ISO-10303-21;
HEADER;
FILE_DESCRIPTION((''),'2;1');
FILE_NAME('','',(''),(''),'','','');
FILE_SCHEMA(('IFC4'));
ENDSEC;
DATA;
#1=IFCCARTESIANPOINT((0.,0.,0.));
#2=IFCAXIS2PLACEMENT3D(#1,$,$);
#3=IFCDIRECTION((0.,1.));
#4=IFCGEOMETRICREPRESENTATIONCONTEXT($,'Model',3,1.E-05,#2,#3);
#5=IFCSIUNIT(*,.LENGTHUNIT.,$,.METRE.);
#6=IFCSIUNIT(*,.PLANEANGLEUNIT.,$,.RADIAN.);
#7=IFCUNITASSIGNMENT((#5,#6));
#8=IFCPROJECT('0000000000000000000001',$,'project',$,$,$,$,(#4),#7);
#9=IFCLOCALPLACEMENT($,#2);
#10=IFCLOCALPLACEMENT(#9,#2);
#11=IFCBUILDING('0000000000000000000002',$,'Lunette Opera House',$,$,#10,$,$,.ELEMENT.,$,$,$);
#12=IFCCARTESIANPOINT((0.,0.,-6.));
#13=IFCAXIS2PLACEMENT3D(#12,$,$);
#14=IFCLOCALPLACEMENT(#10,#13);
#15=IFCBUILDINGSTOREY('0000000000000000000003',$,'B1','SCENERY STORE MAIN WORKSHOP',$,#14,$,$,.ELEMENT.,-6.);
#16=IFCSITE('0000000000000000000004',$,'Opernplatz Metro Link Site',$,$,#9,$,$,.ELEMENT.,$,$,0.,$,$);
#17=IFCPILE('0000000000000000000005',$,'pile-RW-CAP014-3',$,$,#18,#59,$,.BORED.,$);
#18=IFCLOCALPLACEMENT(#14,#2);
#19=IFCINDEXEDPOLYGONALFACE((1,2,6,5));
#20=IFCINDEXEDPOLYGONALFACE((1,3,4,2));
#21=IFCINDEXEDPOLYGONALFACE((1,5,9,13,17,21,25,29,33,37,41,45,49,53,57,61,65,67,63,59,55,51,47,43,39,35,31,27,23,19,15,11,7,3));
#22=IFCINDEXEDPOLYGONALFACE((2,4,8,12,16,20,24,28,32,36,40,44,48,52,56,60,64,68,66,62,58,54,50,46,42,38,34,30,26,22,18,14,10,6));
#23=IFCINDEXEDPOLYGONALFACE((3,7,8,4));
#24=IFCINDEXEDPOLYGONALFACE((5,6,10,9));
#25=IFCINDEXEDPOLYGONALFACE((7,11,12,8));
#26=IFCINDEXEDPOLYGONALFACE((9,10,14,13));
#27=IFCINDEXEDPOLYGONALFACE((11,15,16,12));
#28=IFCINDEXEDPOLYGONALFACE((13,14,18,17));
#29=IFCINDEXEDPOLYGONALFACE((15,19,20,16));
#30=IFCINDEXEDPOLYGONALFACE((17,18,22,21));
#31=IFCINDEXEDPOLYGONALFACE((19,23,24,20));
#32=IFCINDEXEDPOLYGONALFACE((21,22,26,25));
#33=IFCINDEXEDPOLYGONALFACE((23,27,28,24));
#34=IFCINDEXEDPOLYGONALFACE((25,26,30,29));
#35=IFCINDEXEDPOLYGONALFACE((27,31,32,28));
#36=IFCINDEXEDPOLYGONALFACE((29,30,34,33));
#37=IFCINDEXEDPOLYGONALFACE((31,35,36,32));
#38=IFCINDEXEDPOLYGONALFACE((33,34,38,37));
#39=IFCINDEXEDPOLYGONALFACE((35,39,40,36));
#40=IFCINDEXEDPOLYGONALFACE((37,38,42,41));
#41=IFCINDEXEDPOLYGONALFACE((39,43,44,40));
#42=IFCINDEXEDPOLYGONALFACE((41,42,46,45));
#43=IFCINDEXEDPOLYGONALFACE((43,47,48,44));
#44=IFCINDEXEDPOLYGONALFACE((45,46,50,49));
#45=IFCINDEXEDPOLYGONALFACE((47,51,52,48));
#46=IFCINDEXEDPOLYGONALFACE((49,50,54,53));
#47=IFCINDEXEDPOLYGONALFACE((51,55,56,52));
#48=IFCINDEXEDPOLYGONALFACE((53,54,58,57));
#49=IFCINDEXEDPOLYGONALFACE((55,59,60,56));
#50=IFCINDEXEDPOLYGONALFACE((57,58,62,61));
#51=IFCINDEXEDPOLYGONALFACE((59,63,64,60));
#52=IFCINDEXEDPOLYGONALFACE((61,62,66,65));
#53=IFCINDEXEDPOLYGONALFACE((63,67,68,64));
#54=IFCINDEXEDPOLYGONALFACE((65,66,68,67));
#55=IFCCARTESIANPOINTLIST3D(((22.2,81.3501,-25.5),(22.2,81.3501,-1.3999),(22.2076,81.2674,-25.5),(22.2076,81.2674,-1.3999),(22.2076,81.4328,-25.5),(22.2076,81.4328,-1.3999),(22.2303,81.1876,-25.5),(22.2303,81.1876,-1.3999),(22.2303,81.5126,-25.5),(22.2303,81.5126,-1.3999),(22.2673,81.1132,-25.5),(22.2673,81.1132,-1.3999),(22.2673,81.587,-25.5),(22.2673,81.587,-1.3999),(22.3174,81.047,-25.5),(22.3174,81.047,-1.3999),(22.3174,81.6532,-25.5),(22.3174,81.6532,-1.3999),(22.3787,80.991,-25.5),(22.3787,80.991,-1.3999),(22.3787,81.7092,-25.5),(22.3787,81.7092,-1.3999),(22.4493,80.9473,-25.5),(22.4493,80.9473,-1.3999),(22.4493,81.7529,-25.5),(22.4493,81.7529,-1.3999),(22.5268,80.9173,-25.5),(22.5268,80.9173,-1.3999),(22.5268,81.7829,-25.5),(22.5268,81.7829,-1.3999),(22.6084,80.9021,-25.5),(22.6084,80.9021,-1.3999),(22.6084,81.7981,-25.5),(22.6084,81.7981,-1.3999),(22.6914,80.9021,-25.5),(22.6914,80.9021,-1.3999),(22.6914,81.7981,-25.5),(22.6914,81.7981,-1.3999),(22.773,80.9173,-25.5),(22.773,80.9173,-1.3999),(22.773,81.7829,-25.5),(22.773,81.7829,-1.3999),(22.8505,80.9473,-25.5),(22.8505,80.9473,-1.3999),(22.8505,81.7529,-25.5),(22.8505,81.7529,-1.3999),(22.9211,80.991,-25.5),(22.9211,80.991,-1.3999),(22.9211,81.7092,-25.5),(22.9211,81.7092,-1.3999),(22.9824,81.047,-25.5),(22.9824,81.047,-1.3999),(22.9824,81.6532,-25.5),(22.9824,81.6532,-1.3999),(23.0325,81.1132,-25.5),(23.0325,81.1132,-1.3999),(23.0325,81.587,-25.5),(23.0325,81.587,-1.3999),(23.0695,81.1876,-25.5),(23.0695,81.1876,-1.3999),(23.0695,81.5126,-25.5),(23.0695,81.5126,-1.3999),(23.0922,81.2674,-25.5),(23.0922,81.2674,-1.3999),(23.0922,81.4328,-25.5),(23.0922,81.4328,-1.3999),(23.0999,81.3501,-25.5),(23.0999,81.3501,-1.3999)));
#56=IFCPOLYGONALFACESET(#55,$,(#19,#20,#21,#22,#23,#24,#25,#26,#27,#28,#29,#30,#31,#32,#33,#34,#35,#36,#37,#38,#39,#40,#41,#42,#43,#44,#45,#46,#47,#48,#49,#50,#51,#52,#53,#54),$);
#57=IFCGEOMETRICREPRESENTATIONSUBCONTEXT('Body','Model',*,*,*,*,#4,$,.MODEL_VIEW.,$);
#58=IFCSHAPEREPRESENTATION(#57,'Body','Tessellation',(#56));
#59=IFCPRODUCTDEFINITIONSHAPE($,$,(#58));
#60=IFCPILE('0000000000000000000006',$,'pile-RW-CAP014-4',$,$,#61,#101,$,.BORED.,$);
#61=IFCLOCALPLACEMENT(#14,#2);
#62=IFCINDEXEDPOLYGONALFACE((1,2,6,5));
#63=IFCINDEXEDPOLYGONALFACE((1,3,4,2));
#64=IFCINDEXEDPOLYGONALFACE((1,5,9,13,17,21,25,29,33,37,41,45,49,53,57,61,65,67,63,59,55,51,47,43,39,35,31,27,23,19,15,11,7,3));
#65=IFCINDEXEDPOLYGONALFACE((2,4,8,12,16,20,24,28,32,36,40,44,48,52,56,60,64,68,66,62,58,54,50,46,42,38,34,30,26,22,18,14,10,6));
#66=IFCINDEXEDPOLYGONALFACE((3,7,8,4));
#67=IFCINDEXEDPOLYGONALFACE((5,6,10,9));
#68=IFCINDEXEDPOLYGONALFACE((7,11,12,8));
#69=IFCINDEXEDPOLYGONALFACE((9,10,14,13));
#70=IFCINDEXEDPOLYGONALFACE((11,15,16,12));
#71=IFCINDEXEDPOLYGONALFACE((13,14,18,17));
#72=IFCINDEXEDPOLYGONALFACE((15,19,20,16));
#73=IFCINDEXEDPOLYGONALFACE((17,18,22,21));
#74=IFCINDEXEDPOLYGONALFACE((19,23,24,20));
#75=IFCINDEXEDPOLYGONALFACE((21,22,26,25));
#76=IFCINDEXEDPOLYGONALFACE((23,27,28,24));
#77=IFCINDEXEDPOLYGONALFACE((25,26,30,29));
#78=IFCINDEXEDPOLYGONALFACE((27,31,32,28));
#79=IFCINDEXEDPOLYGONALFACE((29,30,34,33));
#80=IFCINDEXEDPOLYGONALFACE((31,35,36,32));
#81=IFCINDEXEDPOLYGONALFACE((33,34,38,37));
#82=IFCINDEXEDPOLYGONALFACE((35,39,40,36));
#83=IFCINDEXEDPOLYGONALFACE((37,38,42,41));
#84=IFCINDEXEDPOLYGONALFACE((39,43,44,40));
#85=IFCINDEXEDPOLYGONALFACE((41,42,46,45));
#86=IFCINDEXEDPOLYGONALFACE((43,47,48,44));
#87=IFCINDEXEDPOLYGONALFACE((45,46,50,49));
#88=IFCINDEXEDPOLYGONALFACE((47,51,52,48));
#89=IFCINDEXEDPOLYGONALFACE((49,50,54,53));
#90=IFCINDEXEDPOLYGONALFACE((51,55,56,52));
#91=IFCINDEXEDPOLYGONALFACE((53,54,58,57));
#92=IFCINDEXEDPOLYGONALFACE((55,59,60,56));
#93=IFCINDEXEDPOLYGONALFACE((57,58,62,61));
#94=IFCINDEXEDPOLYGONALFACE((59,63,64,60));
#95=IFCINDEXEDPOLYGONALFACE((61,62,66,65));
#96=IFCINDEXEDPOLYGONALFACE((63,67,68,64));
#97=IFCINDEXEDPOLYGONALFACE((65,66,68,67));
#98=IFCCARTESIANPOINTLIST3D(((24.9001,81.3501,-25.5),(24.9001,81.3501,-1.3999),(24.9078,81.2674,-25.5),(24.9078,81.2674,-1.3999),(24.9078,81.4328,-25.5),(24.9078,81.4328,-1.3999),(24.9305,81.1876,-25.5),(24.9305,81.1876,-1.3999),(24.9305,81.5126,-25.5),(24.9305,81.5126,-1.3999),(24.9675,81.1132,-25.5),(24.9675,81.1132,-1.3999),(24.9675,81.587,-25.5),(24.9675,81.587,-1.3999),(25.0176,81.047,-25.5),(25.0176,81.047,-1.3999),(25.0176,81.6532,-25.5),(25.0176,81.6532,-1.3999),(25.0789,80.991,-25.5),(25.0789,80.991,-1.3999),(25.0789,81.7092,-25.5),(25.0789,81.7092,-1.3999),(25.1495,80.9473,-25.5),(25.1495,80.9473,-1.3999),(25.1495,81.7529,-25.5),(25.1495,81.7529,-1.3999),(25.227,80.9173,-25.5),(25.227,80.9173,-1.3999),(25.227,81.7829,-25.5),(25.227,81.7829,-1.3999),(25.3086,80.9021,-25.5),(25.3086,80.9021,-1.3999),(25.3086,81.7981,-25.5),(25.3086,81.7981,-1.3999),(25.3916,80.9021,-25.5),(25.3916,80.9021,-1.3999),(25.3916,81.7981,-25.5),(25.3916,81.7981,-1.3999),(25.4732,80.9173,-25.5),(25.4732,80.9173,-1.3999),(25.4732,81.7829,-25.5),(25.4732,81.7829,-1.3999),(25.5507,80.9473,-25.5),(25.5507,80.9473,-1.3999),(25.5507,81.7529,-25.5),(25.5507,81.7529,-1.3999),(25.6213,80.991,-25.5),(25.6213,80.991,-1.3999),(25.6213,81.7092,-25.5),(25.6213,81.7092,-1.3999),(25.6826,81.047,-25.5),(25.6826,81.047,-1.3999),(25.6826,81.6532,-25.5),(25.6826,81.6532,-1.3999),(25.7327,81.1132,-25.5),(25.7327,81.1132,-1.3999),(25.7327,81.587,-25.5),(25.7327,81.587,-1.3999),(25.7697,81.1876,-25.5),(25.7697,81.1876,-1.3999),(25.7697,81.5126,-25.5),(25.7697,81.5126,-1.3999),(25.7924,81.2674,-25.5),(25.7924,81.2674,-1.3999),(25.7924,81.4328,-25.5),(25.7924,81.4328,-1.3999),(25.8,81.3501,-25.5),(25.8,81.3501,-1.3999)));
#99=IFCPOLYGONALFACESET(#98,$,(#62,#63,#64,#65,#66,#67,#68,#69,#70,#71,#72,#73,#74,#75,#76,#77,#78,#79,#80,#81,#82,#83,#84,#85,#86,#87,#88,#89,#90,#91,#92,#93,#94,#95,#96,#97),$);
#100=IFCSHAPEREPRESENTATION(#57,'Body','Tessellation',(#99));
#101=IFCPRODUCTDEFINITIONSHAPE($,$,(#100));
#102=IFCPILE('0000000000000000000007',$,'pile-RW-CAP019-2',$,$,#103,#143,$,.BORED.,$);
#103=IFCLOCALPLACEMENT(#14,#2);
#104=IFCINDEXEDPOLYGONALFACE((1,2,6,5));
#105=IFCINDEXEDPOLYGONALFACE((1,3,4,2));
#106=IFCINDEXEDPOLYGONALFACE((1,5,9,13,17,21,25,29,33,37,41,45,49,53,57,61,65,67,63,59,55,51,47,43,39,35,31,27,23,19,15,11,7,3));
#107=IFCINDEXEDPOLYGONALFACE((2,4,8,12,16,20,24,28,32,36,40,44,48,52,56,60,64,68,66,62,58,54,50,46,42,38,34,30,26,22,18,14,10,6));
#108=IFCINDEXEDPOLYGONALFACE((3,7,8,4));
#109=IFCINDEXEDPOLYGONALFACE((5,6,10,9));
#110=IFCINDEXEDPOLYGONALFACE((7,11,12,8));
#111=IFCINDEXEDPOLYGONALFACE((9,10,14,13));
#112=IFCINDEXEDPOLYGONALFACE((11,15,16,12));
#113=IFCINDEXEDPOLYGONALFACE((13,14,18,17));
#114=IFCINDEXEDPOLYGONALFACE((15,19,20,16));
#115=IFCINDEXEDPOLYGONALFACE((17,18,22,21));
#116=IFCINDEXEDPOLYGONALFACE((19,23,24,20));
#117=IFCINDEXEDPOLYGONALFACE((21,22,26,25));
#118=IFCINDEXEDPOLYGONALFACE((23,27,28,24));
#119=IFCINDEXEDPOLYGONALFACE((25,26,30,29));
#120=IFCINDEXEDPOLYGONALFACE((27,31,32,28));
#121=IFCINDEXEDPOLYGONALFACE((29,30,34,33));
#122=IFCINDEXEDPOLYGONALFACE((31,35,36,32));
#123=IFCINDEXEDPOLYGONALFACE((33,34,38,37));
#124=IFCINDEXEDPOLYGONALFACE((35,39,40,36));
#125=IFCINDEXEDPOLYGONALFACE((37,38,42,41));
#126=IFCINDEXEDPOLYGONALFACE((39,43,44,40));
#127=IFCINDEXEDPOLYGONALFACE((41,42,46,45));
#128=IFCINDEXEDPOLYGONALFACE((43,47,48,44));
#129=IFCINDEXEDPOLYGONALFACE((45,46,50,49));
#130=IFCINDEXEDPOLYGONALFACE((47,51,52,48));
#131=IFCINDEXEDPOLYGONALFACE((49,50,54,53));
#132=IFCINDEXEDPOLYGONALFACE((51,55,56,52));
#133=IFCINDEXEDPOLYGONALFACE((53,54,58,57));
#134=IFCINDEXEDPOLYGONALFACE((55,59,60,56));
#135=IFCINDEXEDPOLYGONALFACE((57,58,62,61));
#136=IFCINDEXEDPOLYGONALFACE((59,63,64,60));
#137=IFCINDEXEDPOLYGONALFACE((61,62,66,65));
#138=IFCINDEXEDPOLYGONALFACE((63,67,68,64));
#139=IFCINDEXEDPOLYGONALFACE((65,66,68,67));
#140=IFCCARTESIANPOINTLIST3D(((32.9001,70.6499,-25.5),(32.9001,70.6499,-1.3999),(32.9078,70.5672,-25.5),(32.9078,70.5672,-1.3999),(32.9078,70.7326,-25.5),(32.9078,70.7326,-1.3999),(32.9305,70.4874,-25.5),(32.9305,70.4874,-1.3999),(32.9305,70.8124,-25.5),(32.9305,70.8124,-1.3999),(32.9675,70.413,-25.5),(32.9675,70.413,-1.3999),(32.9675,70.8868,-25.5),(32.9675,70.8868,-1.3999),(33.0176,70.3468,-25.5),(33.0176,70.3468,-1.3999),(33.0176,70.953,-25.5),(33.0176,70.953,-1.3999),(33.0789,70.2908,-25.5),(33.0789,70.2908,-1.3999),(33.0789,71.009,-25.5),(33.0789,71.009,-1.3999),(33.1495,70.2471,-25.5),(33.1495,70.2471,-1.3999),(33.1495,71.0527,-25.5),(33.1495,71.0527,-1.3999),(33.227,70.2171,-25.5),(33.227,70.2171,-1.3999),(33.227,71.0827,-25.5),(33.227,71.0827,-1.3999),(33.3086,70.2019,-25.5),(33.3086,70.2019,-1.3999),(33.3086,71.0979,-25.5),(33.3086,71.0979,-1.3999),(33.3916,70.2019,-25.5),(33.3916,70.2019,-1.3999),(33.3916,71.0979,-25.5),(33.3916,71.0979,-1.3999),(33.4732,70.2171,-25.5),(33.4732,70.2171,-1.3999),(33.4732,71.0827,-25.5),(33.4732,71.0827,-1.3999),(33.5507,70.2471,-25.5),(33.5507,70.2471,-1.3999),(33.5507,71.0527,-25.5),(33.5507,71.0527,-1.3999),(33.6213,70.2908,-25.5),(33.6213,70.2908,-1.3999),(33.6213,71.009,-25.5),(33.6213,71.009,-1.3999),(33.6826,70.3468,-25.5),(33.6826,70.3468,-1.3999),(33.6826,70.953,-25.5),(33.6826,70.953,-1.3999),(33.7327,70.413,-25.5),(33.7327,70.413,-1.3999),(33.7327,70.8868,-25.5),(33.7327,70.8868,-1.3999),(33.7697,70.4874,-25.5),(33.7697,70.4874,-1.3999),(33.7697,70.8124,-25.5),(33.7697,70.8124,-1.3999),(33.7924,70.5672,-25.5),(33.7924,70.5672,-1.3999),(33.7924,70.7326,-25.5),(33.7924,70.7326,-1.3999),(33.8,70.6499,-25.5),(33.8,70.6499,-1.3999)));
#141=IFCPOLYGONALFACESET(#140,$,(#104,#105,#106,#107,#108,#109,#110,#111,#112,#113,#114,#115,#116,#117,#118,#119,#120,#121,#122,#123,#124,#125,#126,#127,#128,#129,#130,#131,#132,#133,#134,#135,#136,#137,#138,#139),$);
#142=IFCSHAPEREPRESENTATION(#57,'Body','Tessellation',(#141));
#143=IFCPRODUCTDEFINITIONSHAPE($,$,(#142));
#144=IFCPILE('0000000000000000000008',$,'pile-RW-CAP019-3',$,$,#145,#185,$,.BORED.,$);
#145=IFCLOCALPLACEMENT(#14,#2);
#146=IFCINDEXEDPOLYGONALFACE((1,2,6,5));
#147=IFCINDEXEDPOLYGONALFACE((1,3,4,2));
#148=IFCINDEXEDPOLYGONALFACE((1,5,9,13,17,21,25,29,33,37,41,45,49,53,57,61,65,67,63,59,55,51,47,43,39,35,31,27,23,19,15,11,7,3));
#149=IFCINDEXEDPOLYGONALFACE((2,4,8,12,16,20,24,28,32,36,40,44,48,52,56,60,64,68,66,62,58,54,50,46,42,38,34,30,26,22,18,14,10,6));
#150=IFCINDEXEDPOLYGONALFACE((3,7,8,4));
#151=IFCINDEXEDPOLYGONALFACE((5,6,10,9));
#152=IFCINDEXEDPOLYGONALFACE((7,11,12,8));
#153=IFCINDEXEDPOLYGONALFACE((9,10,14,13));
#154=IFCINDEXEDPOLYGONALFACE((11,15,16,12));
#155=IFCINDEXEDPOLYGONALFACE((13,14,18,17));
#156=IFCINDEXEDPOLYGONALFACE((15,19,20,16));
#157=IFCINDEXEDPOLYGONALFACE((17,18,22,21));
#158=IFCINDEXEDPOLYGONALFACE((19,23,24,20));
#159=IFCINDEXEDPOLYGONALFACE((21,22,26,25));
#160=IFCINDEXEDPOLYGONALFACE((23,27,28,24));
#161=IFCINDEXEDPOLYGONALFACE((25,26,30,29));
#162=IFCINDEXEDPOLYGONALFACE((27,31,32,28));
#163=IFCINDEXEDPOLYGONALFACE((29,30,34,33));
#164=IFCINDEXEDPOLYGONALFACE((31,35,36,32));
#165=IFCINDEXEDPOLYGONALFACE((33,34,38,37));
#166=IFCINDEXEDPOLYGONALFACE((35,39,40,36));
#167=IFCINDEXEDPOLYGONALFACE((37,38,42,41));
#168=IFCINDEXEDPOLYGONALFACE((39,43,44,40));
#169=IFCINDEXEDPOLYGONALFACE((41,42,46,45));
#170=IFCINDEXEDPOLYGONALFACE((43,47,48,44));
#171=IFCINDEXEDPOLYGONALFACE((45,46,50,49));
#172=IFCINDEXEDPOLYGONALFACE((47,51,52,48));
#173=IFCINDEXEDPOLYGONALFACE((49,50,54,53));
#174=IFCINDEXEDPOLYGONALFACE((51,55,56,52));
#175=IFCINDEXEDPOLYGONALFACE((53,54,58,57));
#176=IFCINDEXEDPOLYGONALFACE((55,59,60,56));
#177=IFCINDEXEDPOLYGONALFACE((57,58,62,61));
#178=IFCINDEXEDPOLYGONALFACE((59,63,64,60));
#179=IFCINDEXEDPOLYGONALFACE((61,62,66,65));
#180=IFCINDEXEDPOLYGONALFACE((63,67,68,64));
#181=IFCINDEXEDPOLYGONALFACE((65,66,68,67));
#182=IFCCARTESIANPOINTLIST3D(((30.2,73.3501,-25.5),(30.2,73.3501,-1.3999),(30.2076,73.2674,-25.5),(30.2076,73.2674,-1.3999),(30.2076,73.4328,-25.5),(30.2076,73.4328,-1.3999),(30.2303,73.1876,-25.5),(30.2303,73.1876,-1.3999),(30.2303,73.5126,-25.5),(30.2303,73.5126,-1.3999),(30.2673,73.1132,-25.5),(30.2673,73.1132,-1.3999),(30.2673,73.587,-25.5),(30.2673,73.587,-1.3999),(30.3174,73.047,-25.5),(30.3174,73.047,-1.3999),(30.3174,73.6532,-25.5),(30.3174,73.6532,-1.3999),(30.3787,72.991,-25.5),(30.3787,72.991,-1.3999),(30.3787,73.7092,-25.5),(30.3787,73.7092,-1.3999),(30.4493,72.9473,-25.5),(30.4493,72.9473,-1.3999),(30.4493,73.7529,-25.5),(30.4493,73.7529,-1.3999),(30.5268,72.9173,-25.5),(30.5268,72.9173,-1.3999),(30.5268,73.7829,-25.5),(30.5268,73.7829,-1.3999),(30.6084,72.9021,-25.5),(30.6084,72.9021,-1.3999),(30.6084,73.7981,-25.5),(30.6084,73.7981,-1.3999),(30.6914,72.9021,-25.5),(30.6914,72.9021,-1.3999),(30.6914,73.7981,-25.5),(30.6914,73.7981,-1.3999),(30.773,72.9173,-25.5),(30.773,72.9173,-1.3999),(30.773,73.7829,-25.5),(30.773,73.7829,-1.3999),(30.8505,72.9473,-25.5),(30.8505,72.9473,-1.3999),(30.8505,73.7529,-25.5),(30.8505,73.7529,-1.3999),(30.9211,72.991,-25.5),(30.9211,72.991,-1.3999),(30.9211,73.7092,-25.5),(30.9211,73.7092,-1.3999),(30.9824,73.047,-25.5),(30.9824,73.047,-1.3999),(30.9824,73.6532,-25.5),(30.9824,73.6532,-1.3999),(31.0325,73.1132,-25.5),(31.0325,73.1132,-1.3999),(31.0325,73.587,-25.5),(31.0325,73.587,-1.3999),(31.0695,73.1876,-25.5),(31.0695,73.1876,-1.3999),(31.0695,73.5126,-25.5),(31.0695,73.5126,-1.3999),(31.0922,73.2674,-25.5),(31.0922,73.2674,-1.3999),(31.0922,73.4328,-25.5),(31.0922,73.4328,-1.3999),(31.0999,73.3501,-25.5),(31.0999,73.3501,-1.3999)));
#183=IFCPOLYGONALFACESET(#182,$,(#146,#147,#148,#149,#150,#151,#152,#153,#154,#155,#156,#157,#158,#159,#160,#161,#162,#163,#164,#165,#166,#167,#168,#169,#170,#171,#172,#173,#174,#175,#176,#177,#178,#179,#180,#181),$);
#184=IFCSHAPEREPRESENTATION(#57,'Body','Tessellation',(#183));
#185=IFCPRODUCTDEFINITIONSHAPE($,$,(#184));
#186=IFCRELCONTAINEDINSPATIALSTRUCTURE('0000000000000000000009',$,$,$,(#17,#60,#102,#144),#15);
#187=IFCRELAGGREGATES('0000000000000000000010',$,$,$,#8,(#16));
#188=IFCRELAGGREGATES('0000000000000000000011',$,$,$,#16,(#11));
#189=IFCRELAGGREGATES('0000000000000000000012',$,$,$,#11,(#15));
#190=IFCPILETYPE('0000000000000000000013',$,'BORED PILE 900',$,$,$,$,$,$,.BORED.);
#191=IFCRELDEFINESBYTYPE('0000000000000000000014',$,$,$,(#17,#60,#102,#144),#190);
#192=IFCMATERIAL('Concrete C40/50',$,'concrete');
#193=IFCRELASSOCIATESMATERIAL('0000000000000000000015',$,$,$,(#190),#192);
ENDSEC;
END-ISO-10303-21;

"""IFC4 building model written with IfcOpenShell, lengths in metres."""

from ifc_helpers import new_model, si_unit, direction, frame, origin, origin_2d, place, context, subcontext, project, spatial, circle, extrude, material, material_profile, profile_set, type_object, element, save


model = new_model("IFC4")

# Units and contexts
model_context = context("Model", 3, precision=1e-05, world=origin(), true_north=direction((0.0, 1.0)))
body_context = subcontext(model_context, "Body", "Model", "MODEL_VIEW")
ifc_project = project(units=[si_unit("LENGTHUNIT", "METRE"), si_unit("PLANEANGLEUNIT", "RADIAN")], contexts=[model_context])

# Site, building, storey
site_placement = place(None, origin())
site = spatial("IfcSite", under=ifc_project, at=site_placement, Name="Opernplatz Metro Link Site", CompositionType="ELEMENT", RefElevation=0.0)
building_placement = place(site_placement, origin())
building = spatial("IfcBuilding", under=site, at=building_placement, Name="Lunette Opera House", CompositionType="ELEMENT")
storey_placement = place(building_placement, frame((0.0, 0.0, -6.0)))
storey = spatial("IfcBuildingStorey", under=building, at=storey_placement, Name="B1", Description="SCENERY STORE MAIN WORKSHOP", CompositionType="ELEMENT", Elevation=-6.0)

# Piles
ifc_material_1 = material(Name="Concrete C40/50", Category="concrete")
ifc_material_profile_1 = material_profile(ifc_material_1, circle(Radius=0.45, at=origin_2d()), Name="BORED PILE 900")
ifc_profile_set_1 = profile_set([ifc_material_profile_1], Name="Concrete C40/50")
pile_type = type_object("IfcPileType", Name="BORED PILE 900", PredefinedType="BORED", material=ifc_profile_set_1)
for number, where, z_axis, x_axis, name in (
    (1, (22.6499, 81.3501, -1.3999), (0.0, 0.0, -1.0), (1.0, 0.0, 0.0), "pile-RW-CAP014-3"),
    (2, (25.3501, 81.3501, -1.3999), (0.0, 0.0, -1.0), (1.0, 0.0, 0.0), "pile-RW-CAP014-4"),
    (3, (33.3501, 70.6499, -1.3999), (0.0, 0.0, -1.0), (1.0, 0.0, 0.0), "pile-RW-CAP019-2"),
    (4, (30.6499, 73.3501, -1.3999), (0.0, 0.0, -1.0), (1.0, 0.0, 0.0), "pile-RW-CAP019-3"),
):
    element("IfcPile", number, at=place(storey_placement, frame(where, z_axis=z_axis, x_axis=x_axis)), inside=storey, type_object=pile_type, Name=name, PredefinedType="BORED", context=body_context, shape_type="SweptSolid", body=[
        extrude(circle(Radius=0.45, at=origin_2d()), origin(), (0.0, 0.0, 1.0), 24.1001),
    ])

save(model, "model.ifc")
